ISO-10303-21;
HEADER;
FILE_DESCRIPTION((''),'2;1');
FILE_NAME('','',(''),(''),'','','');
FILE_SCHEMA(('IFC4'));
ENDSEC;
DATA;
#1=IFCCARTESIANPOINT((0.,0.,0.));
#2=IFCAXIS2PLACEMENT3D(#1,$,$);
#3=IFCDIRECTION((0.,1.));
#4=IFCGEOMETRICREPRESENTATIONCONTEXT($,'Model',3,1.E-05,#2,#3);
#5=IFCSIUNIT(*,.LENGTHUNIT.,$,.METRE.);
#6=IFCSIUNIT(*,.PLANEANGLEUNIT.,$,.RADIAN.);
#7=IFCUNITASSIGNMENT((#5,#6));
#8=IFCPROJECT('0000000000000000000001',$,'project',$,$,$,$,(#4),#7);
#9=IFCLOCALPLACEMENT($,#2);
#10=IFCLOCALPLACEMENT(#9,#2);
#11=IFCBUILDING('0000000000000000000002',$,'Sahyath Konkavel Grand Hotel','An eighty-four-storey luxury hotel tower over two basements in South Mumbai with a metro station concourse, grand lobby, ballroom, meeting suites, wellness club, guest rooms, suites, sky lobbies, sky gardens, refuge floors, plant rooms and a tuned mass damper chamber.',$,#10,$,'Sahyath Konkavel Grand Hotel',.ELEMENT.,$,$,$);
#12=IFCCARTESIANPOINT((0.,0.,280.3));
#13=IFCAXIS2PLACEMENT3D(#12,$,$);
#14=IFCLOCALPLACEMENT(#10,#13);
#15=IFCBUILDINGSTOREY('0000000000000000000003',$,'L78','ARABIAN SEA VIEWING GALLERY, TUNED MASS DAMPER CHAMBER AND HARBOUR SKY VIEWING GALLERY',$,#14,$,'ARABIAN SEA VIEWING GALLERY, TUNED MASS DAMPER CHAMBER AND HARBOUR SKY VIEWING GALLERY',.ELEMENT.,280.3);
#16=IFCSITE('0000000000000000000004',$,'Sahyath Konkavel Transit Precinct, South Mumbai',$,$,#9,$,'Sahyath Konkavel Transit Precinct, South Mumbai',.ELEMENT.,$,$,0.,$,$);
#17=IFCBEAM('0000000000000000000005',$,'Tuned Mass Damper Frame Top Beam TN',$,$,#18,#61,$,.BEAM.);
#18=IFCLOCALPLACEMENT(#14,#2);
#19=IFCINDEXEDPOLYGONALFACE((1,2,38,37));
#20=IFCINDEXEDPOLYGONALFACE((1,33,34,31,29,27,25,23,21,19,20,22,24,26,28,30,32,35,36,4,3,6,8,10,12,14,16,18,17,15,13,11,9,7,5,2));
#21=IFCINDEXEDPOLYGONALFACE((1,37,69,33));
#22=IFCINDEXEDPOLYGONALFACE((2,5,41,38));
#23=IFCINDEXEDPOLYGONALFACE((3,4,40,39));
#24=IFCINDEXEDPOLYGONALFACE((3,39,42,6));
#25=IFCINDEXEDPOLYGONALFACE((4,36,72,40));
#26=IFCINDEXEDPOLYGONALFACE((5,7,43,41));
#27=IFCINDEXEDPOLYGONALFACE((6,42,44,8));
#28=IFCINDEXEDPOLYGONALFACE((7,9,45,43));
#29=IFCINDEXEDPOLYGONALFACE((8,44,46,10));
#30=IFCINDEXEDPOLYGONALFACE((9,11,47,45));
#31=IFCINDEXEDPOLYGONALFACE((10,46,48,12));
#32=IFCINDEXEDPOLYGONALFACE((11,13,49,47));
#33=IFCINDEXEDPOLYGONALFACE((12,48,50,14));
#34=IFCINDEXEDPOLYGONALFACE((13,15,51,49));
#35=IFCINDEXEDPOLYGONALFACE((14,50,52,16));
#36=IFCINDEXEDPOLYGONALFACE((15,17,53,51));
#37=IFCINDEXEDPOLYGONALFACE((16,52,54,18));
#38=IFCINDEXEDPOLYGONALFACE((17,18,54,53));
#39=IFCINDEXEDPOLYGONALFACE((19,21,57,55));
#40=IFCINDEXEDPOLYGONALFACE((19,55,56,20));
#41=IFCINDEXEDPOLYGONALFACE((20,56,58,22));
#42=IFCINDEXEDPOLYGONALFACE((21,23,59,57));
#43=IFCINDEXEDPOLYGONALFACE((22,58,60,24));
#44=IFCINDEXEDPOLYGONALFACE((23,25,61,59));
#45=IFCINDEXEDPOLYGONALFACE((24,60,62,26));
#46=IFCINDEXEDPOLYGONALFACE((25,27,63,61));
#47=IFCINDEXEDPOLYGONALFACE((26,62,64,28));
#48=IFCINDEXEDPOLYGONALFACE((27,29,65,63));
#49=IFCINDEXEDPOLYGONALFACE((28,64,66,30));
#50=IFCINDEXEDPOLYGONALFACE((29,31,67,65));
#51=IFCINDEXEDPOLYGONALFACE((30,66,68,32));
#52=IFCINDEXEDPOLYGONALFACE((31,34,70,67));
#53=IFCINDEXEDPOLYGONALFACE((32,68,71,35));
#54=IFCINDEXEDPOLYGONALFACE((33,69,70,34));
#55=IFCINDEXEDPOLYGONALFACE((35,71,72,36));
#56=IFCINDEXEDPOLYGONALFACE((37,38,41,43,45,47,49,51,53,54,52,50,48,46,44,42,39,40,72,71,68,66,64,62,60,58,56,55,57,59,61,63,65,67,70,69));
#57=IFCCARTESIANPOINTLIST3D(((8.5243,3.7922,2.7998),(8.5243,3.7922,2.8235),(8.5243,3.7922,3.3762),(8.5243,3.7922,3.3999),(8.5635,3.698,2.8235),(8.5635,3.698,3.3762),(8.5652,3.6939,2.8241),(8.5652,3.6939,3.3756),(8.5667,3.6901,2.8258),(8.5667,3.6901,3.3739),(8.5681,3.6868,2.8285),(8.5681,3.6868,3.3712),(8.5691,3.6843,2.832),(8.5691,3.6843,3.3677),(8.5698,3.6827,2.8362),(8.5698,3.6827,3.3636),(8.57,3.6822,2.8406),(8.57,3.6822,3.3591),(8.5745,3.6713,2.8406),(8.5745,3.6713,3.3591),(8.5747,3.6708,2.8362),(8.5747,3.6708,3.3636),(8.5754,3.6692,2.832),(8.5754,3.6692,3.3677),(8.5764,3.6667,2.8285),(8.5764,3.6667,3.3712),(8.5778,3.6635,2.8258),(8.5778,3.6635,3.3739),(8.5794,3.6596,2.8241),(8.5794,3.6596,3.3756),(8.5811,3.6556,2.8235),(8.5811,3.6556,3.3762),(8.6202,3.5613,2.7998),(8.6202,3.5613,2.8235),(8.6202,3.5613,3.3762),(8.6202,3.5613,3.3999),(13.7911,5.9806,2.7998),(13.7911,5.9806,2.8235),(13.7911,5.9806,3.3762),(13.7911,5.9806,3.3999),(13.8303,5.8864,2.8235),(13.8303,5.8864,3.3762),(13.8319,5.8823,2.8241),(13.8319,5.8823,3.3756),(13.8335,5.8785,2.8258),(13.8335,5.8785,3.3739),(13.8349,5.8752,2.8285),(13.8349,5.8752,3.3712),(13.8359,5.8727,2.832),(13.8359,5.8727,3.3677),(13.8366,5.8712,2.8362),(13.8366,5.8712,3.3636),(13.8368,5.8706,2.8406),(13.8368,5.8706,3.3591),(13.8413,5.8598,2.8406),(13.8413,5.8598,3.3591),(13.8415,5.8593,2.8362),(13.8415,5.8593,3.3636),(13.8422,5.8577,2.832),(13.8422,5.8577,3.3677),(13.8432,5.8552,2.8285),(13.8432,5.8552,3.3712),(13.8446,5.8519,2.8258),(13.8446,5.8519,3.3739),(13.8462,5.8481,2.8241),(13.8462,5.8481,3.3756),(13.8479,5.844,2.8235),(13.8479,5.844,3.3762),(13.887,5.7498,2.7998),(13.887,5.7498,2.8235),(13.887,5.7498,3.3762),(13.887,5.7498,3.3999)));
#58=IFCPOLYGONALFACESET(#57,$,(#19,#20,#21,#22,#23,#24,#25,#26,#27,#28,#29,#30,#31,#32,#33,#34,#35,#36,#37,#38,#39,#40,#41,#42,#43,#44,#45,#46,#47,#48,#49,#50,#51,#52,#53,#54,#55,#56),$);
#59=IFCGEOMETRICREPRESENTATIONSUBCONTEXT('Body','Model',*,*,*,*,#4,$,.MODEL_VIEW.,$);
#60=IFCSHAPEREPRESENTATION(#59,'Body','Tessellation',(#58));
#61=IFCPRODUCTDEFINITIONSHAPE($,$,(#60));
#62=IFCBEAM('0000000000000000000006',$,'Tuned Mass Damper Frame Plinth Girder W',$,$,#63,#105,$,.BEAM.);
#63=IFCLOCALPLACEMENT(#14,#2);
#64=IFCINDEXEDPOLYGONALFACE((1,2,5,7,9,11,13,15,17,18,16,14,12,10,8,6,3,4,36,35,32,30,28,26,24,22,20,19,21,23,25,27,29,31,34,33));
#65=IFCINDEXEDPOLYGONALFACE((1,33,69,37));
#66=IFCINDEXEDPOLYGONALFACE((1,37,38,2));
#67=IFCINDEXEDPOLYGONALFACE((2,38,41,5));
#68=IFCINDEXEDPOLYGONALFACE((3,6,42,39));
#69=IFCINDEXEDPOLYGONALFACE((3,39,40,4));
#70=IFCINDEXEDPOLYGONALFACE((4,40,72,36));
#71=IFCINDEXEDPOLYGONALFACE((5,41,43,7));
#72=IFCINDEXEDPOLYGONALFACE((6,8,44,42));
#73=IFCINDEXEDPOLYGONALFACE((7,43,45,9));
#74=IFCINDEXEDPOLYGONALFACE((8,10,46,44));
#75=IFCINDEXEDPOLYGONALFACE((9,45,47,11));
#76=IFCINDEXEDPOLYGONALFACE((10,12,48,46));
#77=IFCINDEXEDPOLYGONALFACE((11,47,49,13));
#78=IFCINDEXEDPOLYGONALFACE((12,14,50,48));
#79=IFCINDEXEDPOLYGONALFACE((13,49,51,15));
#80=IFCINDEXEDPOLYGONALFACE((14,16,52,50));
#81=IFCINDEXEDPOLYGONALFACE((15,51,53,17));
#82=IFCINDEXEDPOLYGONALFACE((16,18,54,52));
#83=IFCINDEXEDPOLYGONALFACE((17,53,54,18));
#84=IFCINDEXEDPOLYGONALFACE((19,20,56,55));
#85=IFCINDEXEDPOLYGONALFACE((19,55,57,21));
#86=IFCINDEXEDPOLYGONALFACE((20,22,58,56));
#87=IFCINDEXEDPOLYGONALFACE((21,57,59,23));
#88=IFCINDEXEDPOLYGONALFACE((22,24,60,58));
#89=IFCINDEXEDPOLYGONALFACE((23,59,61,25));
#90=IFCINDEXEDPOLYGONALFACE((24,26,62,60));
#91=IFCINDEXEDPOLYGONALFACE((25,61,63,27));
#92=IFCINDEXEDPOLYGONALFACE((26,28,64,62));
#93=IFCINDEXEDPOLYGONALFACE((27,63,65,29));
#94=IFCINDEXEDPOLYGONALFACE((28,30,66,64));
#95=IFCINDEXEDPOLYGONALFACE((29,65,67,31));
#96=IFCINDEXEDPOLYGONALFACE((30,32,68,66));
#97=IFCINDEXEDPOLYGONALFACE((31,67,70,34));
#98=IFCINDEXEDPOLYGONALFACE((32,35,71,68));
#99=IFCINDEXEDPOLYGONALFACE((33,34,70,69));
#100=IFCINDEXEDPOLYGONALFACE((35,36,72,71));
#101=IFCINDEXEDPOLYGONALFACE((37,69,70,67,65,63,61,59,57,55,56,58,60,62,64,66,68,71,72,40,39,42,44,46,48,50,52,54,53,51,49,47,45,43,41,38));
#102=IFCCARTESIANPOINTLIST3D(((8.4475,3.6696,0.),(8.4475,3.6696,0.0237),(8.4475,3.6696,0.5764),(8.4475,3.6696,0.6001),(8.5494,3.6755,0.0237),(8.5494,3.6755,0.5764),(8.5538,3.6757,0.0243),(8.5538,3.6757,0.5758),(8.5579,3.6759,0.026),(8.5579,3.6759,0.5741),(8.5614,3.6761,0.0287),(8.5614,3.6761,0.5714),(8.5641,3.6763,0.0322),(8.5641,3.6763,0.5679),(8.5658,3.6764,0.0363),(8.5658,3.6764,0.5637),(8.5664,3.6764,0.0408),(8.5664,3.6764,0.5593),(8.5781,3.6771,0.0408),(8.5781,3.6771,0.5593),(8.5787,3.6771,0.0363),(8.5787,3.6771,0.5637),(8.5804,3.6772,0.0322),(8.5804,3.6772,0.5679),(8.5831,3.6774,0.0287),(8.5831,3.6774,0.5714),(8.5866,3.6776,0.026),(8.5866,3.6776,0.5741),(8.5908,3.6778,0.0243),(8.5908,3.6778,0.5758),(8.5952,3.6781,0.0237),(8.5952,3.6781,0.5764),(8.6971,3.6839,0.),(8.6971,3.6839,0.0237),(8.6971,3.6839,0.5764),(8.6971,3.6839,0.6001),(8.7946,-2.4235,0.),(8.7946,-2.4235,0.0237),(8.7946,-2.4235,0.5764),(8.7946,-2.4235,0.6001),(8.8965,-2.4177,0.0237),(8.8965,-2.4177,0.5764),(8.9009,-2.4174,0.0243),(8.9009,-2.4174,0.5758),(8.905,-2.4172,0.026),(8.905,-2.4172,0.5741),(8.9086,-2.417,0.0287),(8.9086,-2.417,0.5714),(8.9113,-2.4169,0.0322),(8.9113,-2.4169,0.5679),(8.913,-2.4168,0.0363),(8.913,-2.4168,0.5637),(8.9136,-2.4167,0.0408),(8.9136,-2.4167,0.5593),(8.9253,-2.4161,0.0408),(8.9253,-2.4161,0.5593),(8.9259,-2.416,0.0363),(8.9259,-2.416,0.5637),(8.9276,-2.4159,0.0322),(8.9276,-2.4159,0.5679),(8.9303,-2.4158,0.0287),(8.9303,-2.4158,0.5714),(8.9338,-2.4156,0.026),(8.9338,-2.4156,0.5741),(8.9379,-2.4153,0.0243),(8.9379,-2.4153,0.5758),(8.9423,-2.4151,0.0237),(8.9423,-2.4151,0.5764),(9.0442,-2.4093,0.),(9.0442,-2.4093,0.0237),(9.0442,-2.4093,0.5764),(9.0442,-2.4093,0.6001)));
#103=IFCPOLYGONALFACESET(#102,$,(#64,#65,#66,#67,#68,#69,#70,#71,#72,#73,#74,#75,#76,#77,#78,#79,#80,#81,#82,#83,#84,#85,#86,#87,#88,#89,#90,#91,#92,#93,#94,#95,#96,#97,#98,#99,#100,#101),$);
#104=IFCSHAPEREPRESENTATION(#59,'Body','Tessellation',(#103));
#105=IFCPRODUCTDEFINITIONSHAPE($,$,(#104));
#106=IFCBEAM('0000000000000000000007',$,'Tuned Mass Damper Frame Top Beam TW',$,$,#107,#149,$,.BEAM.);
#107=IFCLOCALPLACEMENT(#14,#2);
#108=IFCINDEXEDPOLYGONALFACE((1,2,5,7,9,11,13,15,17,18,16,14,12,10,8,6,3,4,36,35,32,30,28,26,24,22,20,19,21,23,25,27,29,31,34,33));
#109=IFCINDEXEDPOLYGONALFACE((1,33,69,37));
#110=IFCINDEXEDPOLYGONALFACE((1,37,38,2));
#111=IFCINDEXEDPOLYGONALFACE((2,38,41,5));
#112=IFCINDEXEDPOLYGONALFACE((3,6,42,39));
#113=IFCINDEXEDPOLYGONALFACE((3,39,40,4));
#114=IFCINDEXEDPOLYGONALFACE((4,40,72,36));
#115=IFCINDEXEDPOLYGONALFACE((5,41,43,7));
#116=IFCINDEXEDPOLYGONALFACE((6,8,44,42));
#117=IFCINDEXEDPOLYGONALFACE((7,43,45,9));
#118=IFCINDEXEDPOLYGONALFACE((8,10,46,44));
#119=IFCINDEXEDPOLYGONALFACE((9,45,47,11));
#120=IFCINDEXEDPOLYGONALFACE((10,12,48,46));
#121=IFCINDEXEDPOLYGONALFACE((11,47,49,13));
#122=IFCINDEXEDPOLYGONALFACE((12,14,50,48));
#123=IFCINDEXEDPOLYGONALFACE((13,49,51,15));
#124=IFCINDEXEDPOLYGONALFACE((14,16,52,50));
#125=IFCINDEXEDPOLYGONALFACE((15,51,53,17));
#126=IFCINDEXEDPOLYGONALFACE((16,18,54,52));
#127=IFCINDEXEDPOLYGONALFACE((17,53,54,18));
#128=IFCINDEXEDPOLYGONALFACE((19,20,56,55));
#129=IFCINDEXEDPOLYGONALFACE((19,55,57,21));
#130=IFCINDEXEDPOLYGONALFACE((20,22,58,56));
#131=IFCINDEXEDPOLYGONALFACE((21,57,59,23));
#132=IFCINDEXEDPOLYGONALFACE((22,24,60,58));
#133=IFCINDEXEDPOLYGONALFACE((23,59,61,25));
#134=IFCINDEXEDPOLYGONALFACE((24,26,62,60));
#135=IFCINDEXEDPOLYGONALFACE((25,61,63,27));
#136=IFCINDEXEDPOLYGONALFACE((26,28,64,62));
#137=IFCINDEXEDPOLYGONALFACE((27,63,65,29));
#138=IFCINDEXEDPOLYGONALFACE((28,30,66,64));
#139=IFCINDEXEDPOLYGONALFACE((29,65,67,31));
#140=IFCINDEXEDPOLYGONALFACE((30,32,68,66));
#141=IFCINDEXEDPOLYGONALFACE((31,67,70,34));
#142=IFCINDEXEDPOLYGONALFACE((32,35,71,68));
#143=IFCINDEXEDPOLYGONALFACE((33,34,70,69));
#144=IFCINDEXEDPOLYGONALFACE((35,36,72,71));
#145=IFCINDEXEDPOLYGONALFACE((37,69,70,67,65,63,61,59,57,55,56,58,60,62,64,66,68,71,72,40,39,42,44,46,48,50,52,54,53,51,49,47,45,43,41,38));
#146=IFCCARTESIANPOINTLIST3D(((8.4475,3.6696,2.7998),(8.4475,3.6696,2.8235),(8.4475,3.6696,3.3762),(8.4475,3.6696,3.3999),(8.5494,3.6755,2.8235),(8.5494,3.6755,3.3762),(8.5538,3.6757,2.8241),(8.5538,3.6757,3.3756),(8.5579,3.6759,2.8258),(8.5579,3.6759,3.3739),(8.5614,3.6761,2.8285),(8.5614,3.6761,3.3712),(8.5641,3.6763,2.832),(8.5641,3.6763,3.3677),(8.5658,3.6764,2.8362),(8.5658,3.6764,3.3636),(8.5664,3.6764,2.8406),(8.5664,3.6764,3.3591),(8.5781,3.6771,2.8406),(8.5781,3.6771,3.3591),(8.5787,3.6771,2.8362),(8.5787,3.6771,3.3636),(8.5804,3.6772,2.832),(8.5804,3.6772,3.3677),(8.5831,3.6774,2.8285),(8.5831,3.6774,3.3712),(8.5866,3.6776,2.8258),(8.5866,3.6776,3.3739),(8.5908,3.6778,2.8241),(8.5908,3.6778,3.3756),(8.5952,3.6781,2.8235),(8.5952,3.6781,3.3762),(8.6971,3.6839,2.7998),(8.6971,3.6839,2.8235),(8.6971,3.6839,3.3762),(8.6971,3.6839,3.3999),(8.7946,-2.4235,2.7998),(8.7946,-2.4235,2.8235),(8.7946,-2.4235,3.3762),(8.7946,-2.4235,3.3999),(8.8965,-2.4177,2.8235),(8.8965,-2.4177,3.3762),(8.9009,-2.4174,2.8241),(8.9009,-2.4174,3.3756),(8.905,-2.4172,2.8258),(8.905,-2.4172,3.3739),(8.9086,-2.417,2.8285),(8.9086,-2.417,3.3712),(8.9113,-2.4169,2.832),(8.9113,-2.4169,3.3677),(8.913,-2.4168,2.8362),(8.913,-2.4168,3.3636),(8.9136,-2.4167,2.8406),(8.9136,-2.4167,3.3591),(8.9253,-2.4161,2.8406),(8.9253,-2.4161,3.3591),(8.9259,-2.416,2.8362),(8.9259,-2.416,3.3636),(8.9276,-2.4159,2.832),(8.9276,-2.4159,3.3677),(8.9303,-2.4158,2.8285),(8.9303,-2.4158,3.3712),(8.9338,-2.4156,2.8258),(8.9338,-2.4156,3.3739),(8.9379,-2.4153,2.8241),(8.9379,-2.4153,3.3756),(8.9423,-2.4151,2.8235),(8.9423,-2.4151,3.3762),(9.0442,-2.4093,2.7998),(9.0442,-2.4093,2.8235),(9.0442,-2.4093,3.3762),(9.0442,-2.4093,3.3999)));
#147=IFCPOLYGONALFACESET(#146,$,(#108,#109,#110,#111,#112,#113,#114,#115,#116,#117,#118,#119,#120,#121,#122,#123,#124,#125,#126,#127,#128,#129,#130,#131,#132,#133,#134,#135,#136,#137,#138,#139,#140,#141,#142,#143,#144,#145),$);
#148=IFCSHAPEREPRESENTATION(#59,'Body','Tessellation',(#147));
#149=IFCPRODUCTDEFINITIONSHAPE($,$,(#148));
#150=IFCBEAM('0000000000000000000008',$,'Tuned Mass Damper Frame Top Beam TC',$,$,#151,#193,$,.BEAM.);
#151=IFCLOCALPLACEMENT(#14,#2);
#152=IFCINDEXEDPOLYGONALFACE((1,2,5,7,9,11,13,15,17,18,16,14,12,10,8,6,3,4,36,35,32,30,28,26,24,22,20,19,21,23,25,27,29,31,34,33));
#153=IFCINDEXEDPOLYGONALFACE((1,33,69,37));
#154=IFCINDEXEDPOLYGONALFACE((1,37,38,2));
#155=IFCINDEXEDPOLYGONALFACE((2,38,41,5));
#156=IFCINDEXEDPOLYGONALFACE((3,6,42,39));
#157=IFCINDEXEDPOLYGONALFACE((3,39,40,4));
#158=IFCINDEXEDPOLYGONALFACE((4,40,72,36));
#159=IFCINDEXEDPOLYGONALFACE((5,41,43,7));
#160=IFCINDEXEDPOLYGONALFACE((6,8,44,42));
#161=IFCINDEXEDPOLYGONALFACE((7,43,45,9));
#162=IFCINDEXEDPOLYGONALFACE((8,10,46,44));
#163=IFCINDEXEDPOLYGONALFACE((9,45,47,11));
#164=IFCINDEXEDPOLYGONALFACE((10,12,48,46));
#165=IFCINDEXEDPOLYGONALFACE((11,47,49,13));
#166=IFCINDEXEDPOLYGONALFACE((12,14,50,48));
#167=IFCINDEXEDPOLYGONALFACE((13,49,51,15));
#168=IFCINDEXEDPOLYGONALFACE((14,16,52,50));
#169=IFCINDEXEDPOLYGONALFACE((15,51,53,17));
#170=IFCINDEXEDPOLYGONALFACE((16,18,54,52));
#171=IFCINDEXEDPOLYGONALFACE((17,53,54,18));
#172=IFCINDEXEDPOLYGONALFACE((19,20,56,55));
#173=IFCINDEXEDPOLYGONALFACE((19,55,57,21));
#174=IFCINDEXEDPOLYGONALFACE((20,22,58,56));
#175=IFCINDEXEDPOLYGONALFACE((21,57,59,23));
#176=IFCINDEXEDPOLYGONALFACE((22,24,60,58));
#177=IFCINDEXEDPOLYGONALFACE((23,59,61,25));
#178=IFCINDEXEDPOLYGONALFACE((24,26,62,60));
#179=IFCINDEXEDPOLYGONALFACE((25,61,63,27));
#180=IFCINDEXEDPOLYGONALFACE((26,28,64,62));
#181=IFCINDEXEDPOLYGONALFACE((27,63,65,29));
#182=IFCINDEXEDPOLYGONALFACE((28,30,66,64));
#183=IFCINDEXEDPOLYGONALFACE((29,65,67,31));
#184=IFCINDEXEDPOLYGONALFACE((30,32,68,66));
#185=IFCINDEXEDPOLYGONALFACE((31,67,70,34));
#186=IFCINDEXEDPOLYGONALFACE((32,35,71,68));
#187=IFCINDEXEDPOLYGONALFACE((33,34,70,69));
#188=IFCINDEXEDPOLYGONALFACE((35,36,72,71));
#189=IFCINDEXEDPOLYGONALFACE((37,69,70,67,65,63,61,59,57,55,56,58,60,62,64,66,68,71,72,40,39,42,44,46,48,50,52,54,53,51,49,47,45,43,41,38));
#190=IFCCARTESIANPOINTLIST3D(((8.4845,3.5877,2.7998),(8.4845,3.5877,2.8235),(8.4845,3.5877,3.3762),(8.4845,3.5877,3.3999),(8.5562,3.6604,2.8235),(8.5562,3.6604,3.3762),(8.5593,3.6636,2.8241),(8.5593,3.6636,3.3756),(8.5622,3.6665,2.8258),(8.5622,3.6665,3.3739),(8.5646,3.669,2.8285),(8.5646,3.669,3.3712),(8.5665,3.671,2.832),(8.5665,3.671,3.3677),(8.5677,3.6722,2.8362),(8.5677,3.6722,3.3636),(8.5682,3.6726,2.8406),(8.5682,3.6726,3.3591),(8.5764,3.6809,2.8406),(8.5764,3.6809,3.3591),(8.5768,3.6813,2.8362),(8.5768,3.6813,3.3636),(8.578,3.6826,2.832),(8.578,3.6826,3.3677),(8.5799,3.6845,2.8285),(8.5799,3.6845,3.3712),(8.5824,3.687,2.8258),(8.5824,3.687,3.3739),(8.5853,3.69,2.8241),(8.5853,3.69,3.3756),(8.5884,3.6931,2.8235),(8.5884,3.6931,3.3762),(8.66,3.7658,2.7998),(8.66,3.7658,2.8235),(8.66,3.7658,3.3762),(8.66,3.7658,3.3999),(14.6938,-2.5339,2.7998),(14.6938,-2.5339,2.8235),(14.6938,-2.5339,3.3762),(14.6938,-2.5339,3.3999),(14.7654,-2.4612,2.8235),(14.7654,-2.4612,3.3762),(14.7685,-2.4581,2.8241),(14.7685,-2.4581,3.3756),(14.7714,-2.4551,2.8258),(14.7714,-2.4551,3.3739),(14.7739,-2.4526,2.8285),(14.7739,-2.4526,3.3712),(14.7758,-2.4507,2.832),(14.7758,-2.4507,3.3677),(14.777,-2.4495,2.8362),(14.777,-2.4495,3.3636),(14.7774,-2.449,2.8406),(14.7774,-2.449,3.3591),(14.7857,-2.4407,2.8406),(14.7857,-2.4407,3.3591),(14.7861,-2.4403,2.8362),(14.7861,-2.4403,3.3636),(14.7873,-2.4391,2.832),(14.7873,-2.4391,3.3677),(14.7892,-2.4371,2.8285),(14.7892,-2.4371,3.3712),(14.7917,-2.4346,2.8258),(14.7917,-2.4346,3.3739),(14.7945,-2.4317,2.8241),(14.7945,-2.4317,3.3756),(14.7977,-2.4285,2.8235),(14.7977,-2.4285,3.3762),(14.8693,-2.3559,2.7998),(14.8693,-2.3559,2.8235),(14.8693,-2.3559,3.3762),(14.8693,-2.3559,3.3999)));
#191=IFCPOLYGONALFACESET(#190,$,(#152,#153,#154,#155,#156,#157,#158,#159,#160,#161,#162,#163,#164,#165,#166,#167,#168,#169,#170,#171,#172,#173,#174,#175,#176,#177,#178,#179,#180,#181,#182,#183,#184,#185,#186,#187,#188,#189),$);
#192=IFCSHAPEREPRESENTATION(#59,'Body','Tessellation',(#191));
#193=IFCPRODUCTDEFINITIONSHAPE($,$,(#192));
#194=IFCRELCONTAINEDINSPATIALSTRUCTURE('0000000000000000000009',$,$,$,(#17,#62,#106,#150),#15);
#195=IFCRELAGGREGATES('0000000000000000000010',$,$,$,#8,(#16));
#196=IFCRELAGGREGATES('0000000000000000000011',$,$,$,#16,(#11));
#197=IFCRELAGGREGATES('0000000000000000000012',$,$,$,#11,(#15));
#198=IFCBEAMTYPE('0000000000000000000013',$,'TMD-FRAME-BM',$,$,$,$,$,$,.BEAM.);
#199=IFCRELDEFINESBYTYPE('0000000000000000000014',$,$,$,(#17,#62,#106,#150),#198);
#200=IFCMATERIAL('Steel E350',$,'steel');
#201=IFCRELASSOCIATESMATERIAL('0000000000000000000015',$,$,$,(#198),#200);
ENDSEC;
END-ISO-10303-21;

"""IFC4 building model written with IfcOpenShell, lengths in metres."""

from ifc_helpers import new_model, si_unit, direction, frame, origin, origin_2d, place, context, subcontext, project, spatial, i_section, extrude, source, transform, mapped, material, material_profile, profile_set, type_object, element, save


model = new_model("IFC4")

# Units and contexts
model_context = context("Model", 3, precision=1e-05, world=origin(), true_north=direction((0.0, 1.0)))
body_context = subcontext(model_context, "Body", "Model", "MODEL_VIEW")
ifc_project = project(units=[si_unit("LENGTHUNIT", "METRE"), si_unit("PLANEANGLEUNIT", "RADIAN")], contexts=[model_context])

# Site, building, storey
site_placement = place(None, origin())
site = spatial("IfcSite", under=ifc_project, at=site_placement, Name="Sahyath Konkavel Transit Precinct, South Mumbai", LongName="Sahyath Konkavel Transit Precinct, South Mumbai", CompositionType="ELEMENT", RefElevation=0.0)
building_placement = place(site_placement, origin())
building = spatial("IfcBuilding", under=site, at=building_placement, Name="Sahyath Konkavel Grand Hotel", Description="An eighty-four-storey luxury hotel tower over two basements in South Mumbai with a metro station concourse, grand lobby, ballroom, meeting suites, wellness club, guest rooms, suites, sky lobbies, sky gardens, refuge floors, plant rooms and a tuned mass damper chamber.", LongName="Sahyath Konkavel Grand Hotel", CompositionType="ELEMENT")
storey_placement = place(building_placement, frame((0.0, 0.0, 280.3)))
storey = spatial("IfcBuildingStorey", under=building, at=storey_placement, Name="L78", Description="ARABIAN SEA VIEWING GALLERY, TUNED MASS DAMPER CHAMBER AND HARBOUR SKY VIEWING GALLERY", LongName="ARABIAN SEA VIEWING GALLERY, TUNED MASS DAMPER CHAMBER AND HARBOUR SKY VIEWING GALLERY", CompositionType="ELEMENT", Elevation=280.3)

# Shared definitions
ifc_material_1 = material(Name="Steel E350", Category="steel")

# Beams
ifc_material_profile_1 = material_profile(ifc_material_1, i_section(OverallWidth=0.25, OverallDepth=0.6001, WebThickness=0.0117, FlangeThickness=0.0237, FilletRadius=0.0171, at=origin_2d()), Name="ISWB 600")
ifc_profile_set_1 = profile_set([ifc_material_profile_1], Name="Steel E350")
beam_type_1 = type_object("IfcBeamType", Name="TMD-FRAME-BM", PredefinedType="BEAM", material=ifc_profile_set_1)
shared_shape_1 = source(origin(), body_context, "Body", "SweptSolid", [
    extrude(i_section(OverallWidth=0.25, OverallDepth=0.6001, WebThickness=0.0117, FlangeThickness=0.0237, FilletRadius=0.0171, at=origin_2d()), origin(), (0.0, 0.0, 1.0), 5.7034),
])
for number, where, z_axis, x_axis, name in (
    (1, (8.5723, 3.6768, 3.0999), (0.923453, 0.383712, 0.0), (-0.383712, 0.923453, 0.0), "Tuned Mass Damper Frame Top Beam TN"),
):
    element("IfcBeam", number, at=place(storey_placement, frame(where, z_axis=z_axis, x_axis=x_axis)), inside=storey, type_object=beam_type_1, Name=name, PredefinedType="BEAM", context=body_context, shape_type="MappedRepresentation", body=[
        mapped(shared_shape_1, transform((0.0, 0.0, 0.0), scale=1.0)),
    ])
shared_shape_2 = source(origin(), body_context, "Body", "SweptSolid", [
    extrude(i_section(OverallWidth=0.25, OverallDepth=0.6001, WebThickness=0.0117, FlangeThickness=0.0237, FilletRadius=0.0171, at=origin_2d()), origin(), (0.0, 0.0, 1.0), 6.103),
])
for number, where, z_axis, x_axis, name in (
    (2, (8.5723, 3.6768, 0.3), (0.056883, -0.998381, 0.0), (0.998381, 0.056883, 0.0), "Tuned Mass Damper Frame Plinth Girder W"),
    (3, (8.5723, 3.6768, 3.0999), (0.056883, -0.998381, 0.0), (0.998381, 0.056883, 0.0), "Tuned Mass Damper Frame Top Beam TW"),
):
    element("IfcBeam", number, at=place(storey_placement, frame(where, z_axis=z_axis, x_axis=x_axis)), inside=storey, type_object=beam_type_1, Name=name, PredefinedType="BEAM", context=body_context, shape_type="MappedRepresentation", body=[
        mapped(shared_shape_2, transform((0.0, 0.0, 0.0), scale=1.0)),
    ])
shared_shape_3 = source(origin(), body_context, "Body", "SweptSolid", [
    extrude(i_section(OverallWidth=0.25, OverallDepth=0.6001, WebThickness=0.0117, FlangeThickness=0.0237, FilletRadius=0.0171, at=origin_2d()), origin(), (0.0, 0.0, 1.0), 8.7195),
])
beam_1_placement = place(storey_placement, frame((8.5723, 3.6768, 3.0999), z_axis=(0.712115, -0.702063, 0.0), x_axis=(0.702063, 0.712115, 0.0)))
element("IfcBeam", 4, at=beam_1_placement, inside=storey, type_object=beam_type_1, Name="Tuned Mass Damper Frame Top Beam TC", PredefinedType="BEAM", context=body_context, shape_type="MappedRepresentation", body=[
    mapped(shared_shape_3, transform((0.0, 0.0, 0.0), scale=1.0)),
])

save(model, "model.ifc")
